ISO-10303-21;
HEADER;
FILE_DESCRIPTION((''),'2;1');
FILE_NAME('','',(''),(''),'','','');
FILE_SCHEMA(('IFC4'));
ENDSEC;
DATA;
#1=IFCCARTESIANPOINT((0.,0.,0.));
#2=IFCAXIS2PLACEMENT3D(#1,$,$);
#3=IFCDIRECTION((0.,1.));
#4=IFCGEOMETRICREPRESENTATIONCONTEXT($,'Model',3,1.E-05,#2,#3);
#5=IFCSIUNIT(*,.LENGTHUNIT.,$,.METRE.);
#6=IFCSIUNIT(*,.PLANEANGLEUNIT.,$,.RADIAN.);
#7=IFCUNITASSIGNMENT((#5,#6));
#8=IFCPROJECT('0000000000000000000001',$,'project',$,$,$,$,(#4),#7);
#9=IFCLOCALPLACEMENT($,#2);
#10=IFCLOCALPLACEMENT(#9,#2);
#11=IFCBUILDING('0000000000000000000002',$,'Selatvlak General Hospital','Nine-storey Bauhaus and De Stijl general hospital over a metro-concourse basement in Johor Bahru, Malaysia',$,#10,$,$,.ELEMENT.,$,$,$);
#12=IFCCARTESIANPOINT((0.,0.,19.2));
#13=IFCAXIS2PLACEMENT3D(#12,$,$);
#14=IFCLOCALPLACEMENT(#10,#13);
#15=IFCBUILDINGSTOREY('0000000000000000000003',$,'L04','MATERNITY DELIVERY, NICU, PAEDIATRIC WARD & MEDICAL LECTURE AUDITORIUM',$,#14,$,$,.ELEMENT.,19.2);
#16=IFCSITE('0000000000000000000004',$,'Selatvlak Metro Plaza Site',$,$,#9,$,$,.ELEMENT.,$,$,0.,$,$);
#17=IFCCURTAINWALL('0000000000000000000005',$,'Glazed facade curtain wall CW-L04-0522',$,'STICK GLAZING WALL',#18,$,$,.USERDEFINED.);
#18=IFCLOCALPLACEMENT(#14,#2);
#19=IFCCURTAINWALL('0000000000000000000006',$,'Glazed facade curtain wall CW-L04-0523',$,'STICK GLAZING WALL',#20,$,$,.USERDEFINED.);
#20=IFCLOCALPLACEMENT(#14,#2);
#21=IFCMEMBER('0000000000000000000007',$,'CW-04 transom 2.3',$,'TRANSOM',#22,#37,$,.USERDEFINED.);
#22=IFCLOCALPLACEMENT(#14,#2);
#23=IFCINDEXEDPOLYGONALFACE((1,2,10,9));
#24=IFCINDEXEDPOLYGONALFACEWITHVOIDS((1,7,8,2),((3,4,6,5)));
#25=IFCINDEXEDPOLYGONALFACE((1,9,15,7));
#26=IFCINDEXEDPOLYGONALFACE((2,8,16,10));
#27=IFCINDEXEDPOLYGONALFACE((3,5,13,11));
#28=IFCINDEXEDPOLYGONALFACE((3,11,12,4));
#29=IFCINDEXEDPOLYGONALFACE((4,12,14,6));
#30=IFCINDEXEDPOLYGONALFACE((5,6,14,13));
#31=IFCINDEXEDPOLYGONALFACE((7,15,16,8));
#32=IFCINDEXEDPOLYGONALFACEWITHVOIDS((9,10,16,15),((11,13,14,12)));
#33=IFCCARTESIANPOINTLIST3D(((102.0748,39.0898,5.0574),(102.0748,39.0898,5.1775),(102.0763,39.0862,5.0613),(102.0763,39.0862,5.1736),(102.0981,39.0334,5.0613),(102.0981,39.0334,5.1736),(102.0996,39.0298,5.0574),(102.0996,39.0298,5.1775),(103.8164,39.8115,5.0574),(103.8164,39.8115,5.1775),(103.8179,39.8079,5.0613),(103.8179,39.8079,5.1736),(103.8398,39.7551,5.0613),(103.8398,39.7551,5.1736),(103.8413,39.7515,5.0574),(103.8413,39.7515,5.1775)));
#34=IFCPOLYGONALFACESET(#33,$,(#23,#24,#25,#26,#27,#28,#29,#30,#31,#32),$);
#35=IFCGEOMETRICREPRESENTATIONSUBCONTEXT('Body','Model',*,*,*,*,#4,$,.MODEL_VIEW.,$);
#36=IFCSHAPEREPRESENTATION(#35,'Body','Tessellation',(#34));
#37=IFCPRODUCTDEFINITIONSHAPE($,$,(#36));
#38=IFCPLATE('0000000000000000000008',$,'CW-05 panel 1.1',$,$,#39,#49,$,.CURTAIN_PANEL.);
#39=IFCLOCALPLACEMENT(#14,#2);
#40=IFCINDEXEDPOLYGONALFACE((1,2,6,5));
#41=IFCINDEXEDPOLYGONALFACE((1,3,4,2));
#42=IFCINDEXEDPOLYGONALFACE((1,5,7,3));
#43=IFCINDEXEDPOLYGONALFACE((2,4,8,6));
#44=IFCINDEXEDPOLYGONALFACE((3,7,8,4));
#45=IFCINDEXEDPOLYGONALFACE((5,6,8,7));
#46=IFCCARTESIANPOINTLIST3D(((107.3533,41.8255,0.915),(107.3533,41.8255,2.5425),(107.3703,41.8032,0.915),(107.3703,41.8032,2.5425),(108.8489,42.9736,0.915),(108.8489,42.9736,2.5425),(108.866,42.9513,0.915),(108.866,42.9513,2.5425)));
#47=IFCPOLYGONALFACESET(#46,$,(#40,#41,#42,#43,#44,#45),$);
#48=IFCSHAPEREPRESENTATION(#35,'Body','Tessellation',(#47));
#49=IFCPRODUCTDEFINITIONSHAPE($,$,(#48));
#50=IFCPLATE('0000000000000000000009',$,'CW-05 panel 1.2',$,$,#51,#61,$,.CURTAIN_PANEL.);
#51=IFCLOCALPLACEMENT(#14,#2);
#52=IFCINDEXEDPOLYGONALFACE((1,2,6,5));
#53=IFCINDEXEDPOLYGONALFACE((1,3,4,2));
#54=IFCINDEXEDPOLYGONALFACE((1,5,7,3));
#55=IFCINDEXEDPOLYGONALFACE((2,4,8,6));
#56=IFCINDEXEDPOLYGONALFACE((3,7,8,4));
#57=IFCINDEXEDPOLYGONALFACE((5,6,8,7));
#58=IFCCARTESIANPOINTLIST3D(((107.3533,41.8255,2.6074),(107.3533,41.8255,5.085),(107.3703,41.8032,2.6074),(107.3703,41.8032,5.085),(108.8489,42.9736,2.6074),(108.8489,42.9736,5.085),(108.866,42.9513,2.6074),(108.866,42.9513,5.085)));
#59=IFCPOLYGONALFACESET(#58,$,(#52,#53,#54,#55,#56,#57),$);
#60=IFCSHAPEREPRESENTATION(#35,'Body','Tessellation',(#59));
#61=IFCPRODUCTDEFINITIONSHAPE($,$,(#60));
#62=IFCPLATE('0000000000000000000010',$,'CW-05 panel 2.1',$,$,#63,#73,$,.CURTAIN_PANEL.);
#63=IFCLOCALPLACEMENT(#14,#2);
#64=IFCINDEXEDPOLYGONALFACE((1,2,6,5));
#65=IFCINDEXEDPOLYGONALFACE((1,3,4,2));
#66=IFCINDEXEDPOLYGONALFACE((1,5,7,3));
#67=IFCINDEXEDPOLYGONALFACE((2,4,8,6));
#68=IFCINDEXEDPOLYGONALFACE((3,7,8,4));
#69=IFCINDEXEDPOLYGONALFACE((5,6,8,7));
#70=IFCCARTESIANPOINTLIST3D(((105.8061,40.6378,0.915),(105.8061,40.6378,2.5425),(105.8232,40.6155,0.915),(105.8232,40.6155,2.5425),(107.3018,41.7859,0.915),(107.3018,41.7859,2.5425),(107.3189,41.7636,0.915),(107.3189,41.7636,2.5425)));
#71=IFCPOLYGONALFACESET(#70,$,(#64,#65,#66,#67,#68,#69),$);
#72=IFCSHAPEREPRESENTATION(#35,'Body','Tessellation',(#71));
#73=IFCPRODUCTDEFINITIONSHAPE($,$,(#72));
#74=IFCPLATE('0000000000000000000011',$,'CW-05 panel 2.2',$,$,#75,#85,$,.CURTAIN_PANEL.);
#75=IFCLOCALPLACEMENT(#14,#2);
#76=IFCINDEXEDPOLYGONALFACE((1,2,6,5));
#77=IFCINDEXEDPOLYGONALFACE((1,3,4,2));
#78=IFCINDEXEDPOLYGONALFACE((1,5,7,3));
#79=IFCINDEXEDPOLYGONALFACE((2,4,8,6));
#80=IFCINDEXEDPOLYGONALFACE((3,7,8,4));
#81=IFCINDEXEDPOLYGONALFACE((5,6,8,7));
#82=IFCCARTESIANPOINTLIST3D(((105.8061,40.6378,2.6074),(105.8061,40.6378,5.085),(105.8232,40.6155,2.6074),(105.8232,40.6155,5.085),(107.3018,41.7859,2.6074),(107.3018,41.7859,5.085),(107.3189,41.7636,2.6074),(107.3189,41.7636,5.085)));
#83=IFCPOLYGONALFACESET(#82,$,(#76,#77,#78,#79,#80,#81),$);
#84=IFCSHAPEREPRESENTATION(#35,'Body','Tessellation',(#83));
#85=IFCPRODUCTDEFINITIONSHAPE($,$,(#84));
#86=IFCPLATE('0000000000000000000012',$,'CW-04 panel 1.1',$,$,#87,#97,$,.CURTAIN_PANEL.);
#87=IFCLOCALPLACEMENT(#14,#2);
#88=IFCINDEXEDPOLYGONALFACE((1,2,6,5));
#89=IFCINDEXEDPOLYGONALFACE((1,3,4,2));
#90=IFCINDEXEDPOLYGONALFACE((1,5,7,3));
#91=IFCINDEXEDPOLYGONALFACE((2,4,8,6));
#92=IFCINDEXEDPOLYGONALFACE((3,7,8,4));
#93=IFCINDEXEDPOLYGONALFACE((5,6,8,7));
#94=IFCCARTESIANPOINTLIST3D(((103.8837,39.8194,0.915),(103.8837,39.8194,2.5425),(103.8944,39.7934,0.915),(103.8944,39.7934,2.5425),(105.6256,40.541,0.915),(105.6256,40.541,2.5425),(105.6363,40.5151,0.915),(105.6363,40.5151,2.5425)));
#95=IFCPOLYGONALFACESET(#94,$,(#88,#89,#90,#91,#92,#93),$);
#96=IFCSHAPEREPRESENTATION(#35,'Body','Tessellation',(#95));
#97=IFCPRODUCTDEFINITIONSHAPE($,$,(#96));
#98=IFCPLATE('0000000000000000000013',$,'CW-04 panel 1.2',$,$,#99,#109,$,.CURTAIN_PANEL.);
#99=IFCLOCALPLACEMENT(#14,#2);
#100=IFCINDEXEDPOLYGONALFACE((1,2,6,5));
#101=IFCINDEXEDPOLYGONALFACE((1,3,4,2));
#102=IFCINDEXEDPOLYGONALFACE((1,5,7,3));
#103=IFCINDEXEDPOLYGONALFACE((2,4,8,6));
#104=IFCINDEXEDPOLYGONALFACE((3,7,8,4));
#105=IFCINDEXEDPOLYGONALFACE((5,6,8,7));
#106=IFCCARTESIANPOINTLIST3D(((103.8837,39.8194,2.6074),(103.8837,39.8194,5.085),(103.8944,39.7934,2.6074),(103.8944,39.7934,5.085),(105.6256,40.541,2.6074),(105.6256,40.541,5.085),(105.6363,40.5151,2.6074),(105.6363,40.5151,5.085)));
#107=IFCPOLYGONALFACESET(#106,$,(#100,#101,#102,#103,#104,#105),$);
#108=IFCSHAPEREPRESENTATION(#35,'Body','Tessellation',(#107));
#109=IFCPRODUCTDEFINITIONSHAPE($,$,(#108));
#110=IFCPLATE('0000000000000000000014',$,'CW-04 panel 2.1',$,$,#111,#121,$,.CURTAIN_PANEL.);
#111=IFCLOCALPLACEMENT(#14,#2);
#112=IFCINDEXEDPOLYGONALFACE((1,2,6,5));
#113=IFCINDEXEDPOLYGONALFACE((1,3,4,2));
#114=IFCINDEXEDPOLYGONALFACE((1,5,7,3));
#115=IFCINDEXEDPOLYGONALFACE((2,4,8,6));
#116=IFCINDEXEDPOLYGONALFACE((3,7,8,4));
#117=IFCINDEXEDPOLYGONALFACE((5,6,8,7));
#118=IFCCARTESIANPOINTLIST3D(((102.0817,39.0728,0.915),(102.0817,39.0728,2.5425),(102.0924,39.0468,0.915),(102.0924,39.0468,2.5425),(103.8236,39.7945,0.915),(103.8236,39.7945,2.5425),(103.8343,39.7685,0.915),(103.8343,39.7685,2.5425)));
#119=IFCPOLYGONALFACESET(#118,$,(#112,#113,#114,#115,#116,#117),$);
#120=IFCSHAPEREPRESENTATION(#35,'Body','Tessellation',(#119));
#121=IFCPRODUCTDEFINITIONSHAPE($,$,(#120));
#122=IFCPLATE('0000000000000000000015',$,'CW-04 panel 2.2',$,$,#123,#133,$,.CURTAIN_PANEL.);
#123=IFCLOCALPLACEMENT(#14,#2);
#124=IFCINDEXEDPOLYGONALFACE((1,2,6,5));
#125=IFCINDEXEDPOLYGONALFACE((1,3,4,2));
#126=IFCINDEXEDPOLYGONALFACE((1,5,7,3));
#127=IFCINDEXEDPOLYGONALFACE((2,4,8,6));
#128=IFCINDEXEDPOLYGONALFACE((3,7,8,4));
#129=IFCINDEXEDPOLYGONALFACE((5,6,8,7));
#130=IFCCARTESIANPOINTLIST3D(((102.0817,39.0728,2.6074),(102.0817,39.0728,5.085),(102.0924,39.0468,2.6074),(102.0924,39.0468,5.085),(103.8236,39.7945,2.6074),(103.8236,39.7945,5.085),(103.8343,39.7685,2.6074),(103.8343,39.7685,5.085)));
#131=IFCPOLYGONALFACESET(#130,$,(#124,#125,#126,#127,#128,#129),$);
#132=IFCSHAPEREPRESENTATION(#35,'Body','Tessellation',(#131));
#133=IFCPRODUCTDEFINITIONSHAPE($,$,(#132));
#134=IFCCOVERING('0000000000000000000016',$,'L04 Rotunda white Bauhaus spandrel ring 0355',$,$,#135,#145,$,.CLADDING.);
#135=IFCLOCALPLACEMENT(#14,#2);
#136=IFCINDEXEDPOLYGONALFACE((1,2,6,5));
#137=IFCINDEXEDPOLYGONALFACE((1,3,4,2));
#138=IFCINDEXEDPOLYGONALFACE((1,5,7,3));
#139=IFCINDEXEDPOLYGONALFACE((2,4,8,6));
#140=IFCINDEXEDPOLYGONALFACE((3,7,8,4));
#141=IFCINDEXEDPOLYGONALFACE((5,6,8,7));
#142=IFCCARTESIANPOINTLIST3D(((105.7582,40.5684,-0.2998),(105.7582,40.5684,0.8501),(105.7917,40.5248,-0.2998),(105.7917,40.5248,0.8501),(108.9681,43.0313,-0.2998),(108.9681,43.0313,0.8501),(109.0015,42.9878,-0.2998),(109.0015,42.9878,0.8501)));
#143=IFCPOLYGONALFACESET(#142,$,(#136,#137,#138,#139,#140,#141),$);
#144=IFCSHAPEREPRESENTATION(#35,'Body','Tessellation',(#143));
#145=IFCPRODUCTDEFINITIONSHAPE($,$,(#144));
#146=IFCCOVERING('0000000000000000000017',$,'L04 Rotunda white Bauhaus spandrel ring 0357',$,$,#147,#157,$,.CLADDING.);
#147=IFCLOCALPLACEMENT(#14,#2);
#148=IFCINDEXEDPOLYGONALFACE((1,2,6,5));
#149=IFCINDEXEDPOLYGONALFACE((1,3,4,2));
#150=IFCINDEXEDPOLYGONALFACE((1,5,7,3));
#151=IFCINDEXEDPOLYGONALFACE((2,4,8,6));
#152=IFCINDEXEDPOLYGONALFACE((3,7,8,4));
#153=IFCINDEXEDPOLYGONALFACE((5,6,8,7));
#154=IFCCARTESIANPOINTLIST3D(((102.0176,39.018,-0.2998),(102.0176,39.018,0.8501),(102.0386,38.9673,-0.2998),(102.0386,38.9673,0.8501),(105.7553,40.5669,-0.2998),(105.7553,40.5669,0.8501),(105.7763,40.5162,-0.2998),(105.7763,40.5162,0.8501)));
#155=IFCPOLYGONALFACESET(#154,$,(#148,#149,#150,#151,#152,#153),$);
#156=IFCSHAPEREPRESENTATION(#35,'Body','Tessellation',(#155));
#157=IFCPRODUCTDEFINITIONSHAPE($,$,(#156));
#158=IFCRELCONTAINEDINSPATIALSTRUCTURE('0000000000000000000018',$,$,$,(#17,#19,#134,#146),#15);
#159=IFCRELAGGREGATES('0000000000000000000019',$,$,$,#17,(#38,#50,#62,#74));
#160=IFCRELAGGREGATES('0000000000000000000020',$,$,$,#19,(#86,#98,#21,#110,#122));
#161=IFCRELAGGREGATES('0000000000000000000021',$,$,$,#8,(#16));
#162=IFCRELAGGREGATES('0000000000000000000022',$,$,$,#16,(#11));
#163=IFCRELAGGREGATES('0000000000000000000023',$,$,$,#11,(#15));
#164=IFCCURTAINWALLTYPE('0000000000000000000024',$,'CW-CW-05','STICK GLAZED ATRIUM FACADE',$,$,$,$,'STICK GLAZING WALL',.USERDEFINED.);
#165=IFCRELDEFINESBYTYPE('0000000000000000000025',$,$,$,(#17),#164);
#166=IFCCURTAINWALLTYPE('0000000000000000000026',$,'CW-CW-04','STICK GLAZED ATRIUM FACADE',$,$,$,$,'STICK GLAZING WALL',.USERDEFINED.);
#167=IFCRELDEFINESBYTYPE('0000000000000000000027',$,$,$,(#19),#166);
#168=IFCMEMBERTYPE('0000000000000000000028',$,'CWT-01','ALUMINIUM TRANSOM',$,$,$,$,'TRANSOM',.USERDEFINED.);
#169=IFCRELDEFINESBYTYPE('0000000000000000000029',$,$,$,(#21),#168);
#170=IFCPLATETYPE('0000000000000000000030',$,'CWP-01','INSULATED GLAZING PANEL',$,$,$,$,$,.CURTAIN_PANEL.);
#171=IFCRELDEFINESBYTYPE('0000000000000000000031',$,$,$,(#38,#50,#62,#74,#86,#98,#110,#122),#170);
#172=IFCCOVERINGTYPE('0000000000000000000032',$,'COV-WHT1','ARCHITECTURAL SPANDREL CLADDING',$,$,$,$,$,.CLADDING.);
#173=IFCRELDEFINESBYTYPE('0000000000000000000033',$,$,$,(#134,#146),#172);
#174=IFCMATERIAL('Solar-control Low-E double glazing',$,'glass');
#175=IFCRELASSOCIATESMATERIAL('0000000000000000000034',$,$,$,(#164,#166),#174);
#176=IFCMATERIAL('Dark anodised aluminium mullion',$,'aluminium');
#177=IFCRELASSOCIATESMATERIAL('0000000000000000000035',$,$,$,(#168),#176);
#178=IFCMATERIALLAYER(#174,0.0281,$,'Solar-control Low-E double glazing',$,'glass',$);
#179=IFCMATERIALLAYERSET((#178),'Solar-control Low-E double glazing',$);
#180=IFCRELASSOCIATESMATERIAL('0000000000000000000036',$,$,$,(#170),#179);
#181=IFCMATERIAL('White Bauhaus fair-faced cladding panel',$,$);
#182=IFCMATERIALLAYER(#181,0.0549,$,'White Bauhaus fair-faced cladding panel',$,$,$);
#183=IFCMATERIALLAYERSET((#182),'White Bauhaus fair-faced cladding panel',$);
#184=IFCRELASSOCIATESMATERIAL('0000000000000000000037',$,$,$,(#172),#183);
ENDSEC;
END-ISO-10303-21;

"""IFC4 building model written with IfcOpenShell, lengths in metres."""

from ifc_helpers import new_model, si_unit, direction, frame, origin, origin_2d, place, context, subcontext, project, spatial, rectangle, hollow_rectangle, extrude, material, layer, layer_set, material_profile, profile_set, type_object, element, aggregate, save


model = new_model("IFC4")

# Units and contexts
model_context = context("Model", 3, precision=1e-05, world=origin(), true_north=direction((0.0, 1.0)))
body_context = subcontext(model_context, "Body", "Model", "MODEL_VIEW")
ifc_project = project(units=[si_unit("LENGTHUNIT", "METRE"), si_unit("PLANEANGLEUNIT", "RADIAN")], contexts=[model_context])

# Site, building, storey
site_placement = place(None, origin())
site = spatial("IfcSite", under=ifc_project, at=site_placement, Name="Selatvlak Metro Plaza Site", CompositionType="ELEMENT", RefElevation=0.0)
building_placement = place(site_placement, origin())
building = spatial("IfcBuilding", under=site, at=building_placement, Name="Selatvlak General Hospital", Description="Nine-storey Bauhaus and De Stijl general hospital over a metro-concourse basement in Johor Bahru, Malaysia", CompositionType="ELEMENT")
storey_placement = place(building_placement, frame((0.0, 0.0, 19.2)))
storey = spatial("IfcBuildingStorey", under=building, at=storey_placement, Name="L04", Description="MATERNITY DELIVERY, NICU, PAEDIATRIC WARD & MEDICAL LECTURE AUDITORIUM", CompositionType="ELEMENT", Elevation=19.2)

# Curtain walls
ifc_material_1 = material(Name="Solar-control Low-E double glazing", Category="glass")
curtain_wall_type_1 = type_object("IfcCurtainWallType", Name="CW-CW-05", Description="STICK GLAZED ATRIUM FACADE", ElementType="STICK GLAZING WALL", PredefinedType="USERDEFINED", material=ifc_material_1)
curtain_wall_1_placement = place(storey_placement, origin())
curtain_wall_1 = element("IfcCurtainWall", 1, at=curtain_wall_1_placement, inside=storey, type_object=curtain_wall_type_1, Name="Glazed facade curtain wall CW-L04-0522", ObjectType="STICK GLAZING WALL", PredefinedType="USERDEFINED")
ifc_material_2 = material(Name="Dark anodised aluminium mullion", Category="aluminium")
curtain_wall_type_2 = type_object("IfcCurtainWallType", Name="CW-CW-04", Description="STICK GLAZED ATRIUM FACADE", ElementType="STICK GLAZING WALL", PredefinedType="USERDEFINED", material=ifc_material_1)
curtain_wall_2_placement = place(storey_placement, origin())
curtain_wall_2 = element("IfcCurtainWall", 2, at=curtain_wall_2_placement, inside=storey, type_object=curtain_wall_type_2, Name="Glazed facade curtain wall CW-L04-0523", ObjectType="STICK GLAZING WALL", PredefinedType="USERDEFINED")

# Member
ifc_material_profile_1 = material_profile(ifc_material_2, hollow_rectangle(XDim=0.0649, YDim=0.1201, WallThickness=0.0039, at=origin_2d()), Name="AL-TRN 65x120x4")
ifc_profile_set_1 = profile_set([ifc_material_profile_1], Name="Dark anodised aluminium mullion")
member_type_1 = type_object("IfcMemberType", Name="CWT-01", Description="ALUMINIUM TRANSOM", ElementType="TRANSOM", PredefinedType="USERDEFINED", material=ifc_profile_set_1)
member_1_placement = place(storey_placement, frame((103.8289, 39.7815, 5.1174), z_axis=(-0.923834, -0.382794, 0.0), x_axis=(0.382794, -0.923834, 0.0)))
member_1 = element("IfcMember", 3, at=member_1_placement, type_object=member_type_1, Name="CW-04 transom 2.3", ObjectType="TRANSOM", PredefinedType="USERDEFINED", context=body_context, shape_type="SweptSolid", body=[
    extrude(hollow_rectangle(XDim=0.0649, YDim=0.1201, WallThickness=0.0039, at=origin_2d()), origin(), (0.0, 0.0, 1.0), 1.8853),
])

# Plates
ifc_layer_1 = layer(ifc_material_1, 0.0281, Name="Solar-control Low-E double glazing", Category="glass")
ifc_layer_set_1 = layer_set([ifc_layer_1], Name="Solar-control Low-E double glazing")
plate_type = type_object("IfcPlateType", Name="CWP-01", Description="INSULATED GLAZING PANEL", PredefinedType="CURTAIN_PANEL", material=ifc_layer_set_1)
plate_1_placement = place(storey_placement, frame((108.1096, 42.3884, 0.915), z_axis=(0.0, 0.0, 1.0), x_axis=(-0.793233, -0.608918, 0.0)))
plate_1 = element("IfcPlate", 4, at=plate_1_placement, type_object=plate_type, Name="CW-05 panel 1.1", PredefinedType="CURTAIN_PANEL", context=body_context, shape_type="SweptSolid", body=[
    extrude(rectangle(XDim=1.8855, YDim=0.0281, at=origin_2d()), origin(), (0.0, 0.0, 1.0), 1.6274),
])
plate_2_placement = place(storey_placement, frame((108.1096, 42.3884, 2.6074), z_axis=(0.0, 0.0, 1.0), x_axis=(-0.793233, -0.608918, 0.0)))
plate_2 = element("IfcPlate", 5, at=plate_2_placement, type_object=plate_type, Name="CW-05 panel 1.2", PredefinedType="CURTAIN_PANEL", context=body_context, shape_type="SweptSolid", body=[
    extrude(rectangle(XDim=1.8855, YDim=0.0281, at=origin_2d()), origin(), (0.0, 0.0, 1.0), 2.4775),
])
plate_3_placement = place(storey_placement, frame((106.5625, 41.2007, 0.915), z_axis=(0.0, 0.0, 1.0), x_axis=(-0.793233, -0.608918, 0.0)))
plate_3 = element("IfcPlate", 6, at=plate_3_placement, type_object=plate_type, Name="CW-05 panel 2.1", PredefinedType="CURTAIN_PANEL", context=body_context, shape_type="SweptSolid", body=[
    extrude(rectangle(XDim=1.8855, YDim=0.0281, at=origin_2d()), origin(), (0.0, 0.0, 1.0), 1.6274),
])
plate_4_placement = place(storey_placement, frame((106.5625, 41.2007, 2.6074), z_axis=(0.0, 0.0, 1.0), x_axis=(-0.793233, -0.608918, 0.0)))
plate_4 = element("IfcPlate", 7, at=plate_4_placement, type_object=plate_type, Name="CW-05 panel 2.2", PredefinedType="CURTAIN_PANEL", context=body_context, shape_type="SweptSolid", body=[
    extrude(rectangle(XDim=1.8855, YDim=0.0281, at=origin_2d()), origin(), (0.0, 0.0, 1.0), 2.4775),
])
aggregate(curtain_wall_1, [plate_1, plate_2, plate_3, plate_4])
plate_5_placement = place(storey_placement, frame((104.76, 40.1672, 0.915), z_axis=(0.0, 0.0, 1.0), x_axis=(-0.923851, -0.382753, 0.0)))
plate_5 = element("IfcPlate", 8, at=plate_5_placement, type_object=plate_type, Name="CW-04 panel 1.1", PredefinedType="CURTAIN_PANEL", context=body_context, shape_type="SweptSolid", body=[
    extrude(rectangle(XDim=1.8855, YDim=0.0281, at=origin_2d()), origin(), (0.0, 0.0, 1.0), 1.6274),
])
plate_6_placement = place(storey_placement, frame((104.76, 40.1672, 2.6074), z_axis=(0.0, 0.0, 1.0), x_axis=(-0.923851, -0.382753, 0.0)))
plate_6 = element("IfcPlate", 9, at=plate_6_placement, type_object=plate_type, Name="CW-04 panel 1.2", PredefinedType="CURTAIN_PANEL", context=body_context, shape_type="SweptSolid", body=[
    extrude(rectangle(XDim=1.8855, YDim=0.0281, at=origin_2d()), origin(), (0.0, 0.0, 1.0), 2.4775),
])
plate_7_placement = place(storey_placement, frame((102.958, 39.4207, 0.915), z_axis=(0.0, 0.0, 1.0), x_axis=(-0.923851, -0.382753, 0.0)))
plate_7 = element("IfcPlate", 10, at=plate_7_placement, type_object=plate_type, Name="CW-04 panel 2.1", PredefinedType="CURTAIN_PANEL", context=body_context, shape_type="SweptSolid", body=[
    extrude(rectangle(XDim=1.8855, YDim=0.0281, at=origin_2d()), origin(), (0.0, 0.0, 1.0), 1.6274),
])
plate_8_placement = place(storey_placement, frame((102.958, 39.4207, 2.6074), z_axis=(0.0, 0.0, 1.0), x_axis=(-0.923851, -0.382753, 0.0)))
plate_8 = element("IfcPlate", 11, at=plate_8_placement, type_object=plate_type, Name="CW-04 panel 2.2", PredefinedType="CURTAIN_PANEL", context=body_context, shape_type="SweptSolid", body=[
    extrude(rectangle(XDim=1.8855, YDim=0.0281, at=origin_2d()), origin(), (0.0, 0.0, 1.0), 2.4775),
])
aggregate(curtain_wall_2, [plate_5, plate_6, member_1, plate_7, plate_8])

# Coverings
ifc_material_3 = material(Name="White Bauhaus fair-faced cladding panel")
ifc_layer_2 = layer(ifc_material_3, 0.0549, Name="White Bauhaus fair-faced cladding panel")
ifc_layer_set_2 = layer_set([ifc_layer_2], Name="White Bauhaus fair-faced cladding panel")
covering_type = type_object("IfcCoveringType", Name="COV-WHT1", Description="ARCHITECTURAL SPANDREL CLADDING", PredefinedType="CLADDING", material=ifc_layer_set_2)
for number, where, z_axis, x_axis, name in (
    (12, (107.3799, 41.7781, -0.2998), (0.0, 0.0, 1.0), (-0.793364, -0.608748, 0.0), "L04 Rotunda white Bauhaus spandrel ring 0355"),
    (13, (103.897, 39.7671, -0.2998), (0.0, 0.0, 1.0), (-0.923819, -0.382829, 0.0), "L04 Rotunda white Bauhaus spandrel ring 0357"),
):
    element("IfcCovering", number, at=place(storey_placement, frame(where, z_axis=z_axis, x_axis=x_axis)), inside=storey, type_object=covering_type, Name=name, PredefinedType="CLADDING", context=body_context, shape_type="SweptSolid", body=[
        extrude(rectangle(XDim=4.0459, YDim=0.0549, at=origin_2d()), origin(), (0.0, 0.0, 1.0), 1.1499),
    ])

save(model, "model.ifc")
